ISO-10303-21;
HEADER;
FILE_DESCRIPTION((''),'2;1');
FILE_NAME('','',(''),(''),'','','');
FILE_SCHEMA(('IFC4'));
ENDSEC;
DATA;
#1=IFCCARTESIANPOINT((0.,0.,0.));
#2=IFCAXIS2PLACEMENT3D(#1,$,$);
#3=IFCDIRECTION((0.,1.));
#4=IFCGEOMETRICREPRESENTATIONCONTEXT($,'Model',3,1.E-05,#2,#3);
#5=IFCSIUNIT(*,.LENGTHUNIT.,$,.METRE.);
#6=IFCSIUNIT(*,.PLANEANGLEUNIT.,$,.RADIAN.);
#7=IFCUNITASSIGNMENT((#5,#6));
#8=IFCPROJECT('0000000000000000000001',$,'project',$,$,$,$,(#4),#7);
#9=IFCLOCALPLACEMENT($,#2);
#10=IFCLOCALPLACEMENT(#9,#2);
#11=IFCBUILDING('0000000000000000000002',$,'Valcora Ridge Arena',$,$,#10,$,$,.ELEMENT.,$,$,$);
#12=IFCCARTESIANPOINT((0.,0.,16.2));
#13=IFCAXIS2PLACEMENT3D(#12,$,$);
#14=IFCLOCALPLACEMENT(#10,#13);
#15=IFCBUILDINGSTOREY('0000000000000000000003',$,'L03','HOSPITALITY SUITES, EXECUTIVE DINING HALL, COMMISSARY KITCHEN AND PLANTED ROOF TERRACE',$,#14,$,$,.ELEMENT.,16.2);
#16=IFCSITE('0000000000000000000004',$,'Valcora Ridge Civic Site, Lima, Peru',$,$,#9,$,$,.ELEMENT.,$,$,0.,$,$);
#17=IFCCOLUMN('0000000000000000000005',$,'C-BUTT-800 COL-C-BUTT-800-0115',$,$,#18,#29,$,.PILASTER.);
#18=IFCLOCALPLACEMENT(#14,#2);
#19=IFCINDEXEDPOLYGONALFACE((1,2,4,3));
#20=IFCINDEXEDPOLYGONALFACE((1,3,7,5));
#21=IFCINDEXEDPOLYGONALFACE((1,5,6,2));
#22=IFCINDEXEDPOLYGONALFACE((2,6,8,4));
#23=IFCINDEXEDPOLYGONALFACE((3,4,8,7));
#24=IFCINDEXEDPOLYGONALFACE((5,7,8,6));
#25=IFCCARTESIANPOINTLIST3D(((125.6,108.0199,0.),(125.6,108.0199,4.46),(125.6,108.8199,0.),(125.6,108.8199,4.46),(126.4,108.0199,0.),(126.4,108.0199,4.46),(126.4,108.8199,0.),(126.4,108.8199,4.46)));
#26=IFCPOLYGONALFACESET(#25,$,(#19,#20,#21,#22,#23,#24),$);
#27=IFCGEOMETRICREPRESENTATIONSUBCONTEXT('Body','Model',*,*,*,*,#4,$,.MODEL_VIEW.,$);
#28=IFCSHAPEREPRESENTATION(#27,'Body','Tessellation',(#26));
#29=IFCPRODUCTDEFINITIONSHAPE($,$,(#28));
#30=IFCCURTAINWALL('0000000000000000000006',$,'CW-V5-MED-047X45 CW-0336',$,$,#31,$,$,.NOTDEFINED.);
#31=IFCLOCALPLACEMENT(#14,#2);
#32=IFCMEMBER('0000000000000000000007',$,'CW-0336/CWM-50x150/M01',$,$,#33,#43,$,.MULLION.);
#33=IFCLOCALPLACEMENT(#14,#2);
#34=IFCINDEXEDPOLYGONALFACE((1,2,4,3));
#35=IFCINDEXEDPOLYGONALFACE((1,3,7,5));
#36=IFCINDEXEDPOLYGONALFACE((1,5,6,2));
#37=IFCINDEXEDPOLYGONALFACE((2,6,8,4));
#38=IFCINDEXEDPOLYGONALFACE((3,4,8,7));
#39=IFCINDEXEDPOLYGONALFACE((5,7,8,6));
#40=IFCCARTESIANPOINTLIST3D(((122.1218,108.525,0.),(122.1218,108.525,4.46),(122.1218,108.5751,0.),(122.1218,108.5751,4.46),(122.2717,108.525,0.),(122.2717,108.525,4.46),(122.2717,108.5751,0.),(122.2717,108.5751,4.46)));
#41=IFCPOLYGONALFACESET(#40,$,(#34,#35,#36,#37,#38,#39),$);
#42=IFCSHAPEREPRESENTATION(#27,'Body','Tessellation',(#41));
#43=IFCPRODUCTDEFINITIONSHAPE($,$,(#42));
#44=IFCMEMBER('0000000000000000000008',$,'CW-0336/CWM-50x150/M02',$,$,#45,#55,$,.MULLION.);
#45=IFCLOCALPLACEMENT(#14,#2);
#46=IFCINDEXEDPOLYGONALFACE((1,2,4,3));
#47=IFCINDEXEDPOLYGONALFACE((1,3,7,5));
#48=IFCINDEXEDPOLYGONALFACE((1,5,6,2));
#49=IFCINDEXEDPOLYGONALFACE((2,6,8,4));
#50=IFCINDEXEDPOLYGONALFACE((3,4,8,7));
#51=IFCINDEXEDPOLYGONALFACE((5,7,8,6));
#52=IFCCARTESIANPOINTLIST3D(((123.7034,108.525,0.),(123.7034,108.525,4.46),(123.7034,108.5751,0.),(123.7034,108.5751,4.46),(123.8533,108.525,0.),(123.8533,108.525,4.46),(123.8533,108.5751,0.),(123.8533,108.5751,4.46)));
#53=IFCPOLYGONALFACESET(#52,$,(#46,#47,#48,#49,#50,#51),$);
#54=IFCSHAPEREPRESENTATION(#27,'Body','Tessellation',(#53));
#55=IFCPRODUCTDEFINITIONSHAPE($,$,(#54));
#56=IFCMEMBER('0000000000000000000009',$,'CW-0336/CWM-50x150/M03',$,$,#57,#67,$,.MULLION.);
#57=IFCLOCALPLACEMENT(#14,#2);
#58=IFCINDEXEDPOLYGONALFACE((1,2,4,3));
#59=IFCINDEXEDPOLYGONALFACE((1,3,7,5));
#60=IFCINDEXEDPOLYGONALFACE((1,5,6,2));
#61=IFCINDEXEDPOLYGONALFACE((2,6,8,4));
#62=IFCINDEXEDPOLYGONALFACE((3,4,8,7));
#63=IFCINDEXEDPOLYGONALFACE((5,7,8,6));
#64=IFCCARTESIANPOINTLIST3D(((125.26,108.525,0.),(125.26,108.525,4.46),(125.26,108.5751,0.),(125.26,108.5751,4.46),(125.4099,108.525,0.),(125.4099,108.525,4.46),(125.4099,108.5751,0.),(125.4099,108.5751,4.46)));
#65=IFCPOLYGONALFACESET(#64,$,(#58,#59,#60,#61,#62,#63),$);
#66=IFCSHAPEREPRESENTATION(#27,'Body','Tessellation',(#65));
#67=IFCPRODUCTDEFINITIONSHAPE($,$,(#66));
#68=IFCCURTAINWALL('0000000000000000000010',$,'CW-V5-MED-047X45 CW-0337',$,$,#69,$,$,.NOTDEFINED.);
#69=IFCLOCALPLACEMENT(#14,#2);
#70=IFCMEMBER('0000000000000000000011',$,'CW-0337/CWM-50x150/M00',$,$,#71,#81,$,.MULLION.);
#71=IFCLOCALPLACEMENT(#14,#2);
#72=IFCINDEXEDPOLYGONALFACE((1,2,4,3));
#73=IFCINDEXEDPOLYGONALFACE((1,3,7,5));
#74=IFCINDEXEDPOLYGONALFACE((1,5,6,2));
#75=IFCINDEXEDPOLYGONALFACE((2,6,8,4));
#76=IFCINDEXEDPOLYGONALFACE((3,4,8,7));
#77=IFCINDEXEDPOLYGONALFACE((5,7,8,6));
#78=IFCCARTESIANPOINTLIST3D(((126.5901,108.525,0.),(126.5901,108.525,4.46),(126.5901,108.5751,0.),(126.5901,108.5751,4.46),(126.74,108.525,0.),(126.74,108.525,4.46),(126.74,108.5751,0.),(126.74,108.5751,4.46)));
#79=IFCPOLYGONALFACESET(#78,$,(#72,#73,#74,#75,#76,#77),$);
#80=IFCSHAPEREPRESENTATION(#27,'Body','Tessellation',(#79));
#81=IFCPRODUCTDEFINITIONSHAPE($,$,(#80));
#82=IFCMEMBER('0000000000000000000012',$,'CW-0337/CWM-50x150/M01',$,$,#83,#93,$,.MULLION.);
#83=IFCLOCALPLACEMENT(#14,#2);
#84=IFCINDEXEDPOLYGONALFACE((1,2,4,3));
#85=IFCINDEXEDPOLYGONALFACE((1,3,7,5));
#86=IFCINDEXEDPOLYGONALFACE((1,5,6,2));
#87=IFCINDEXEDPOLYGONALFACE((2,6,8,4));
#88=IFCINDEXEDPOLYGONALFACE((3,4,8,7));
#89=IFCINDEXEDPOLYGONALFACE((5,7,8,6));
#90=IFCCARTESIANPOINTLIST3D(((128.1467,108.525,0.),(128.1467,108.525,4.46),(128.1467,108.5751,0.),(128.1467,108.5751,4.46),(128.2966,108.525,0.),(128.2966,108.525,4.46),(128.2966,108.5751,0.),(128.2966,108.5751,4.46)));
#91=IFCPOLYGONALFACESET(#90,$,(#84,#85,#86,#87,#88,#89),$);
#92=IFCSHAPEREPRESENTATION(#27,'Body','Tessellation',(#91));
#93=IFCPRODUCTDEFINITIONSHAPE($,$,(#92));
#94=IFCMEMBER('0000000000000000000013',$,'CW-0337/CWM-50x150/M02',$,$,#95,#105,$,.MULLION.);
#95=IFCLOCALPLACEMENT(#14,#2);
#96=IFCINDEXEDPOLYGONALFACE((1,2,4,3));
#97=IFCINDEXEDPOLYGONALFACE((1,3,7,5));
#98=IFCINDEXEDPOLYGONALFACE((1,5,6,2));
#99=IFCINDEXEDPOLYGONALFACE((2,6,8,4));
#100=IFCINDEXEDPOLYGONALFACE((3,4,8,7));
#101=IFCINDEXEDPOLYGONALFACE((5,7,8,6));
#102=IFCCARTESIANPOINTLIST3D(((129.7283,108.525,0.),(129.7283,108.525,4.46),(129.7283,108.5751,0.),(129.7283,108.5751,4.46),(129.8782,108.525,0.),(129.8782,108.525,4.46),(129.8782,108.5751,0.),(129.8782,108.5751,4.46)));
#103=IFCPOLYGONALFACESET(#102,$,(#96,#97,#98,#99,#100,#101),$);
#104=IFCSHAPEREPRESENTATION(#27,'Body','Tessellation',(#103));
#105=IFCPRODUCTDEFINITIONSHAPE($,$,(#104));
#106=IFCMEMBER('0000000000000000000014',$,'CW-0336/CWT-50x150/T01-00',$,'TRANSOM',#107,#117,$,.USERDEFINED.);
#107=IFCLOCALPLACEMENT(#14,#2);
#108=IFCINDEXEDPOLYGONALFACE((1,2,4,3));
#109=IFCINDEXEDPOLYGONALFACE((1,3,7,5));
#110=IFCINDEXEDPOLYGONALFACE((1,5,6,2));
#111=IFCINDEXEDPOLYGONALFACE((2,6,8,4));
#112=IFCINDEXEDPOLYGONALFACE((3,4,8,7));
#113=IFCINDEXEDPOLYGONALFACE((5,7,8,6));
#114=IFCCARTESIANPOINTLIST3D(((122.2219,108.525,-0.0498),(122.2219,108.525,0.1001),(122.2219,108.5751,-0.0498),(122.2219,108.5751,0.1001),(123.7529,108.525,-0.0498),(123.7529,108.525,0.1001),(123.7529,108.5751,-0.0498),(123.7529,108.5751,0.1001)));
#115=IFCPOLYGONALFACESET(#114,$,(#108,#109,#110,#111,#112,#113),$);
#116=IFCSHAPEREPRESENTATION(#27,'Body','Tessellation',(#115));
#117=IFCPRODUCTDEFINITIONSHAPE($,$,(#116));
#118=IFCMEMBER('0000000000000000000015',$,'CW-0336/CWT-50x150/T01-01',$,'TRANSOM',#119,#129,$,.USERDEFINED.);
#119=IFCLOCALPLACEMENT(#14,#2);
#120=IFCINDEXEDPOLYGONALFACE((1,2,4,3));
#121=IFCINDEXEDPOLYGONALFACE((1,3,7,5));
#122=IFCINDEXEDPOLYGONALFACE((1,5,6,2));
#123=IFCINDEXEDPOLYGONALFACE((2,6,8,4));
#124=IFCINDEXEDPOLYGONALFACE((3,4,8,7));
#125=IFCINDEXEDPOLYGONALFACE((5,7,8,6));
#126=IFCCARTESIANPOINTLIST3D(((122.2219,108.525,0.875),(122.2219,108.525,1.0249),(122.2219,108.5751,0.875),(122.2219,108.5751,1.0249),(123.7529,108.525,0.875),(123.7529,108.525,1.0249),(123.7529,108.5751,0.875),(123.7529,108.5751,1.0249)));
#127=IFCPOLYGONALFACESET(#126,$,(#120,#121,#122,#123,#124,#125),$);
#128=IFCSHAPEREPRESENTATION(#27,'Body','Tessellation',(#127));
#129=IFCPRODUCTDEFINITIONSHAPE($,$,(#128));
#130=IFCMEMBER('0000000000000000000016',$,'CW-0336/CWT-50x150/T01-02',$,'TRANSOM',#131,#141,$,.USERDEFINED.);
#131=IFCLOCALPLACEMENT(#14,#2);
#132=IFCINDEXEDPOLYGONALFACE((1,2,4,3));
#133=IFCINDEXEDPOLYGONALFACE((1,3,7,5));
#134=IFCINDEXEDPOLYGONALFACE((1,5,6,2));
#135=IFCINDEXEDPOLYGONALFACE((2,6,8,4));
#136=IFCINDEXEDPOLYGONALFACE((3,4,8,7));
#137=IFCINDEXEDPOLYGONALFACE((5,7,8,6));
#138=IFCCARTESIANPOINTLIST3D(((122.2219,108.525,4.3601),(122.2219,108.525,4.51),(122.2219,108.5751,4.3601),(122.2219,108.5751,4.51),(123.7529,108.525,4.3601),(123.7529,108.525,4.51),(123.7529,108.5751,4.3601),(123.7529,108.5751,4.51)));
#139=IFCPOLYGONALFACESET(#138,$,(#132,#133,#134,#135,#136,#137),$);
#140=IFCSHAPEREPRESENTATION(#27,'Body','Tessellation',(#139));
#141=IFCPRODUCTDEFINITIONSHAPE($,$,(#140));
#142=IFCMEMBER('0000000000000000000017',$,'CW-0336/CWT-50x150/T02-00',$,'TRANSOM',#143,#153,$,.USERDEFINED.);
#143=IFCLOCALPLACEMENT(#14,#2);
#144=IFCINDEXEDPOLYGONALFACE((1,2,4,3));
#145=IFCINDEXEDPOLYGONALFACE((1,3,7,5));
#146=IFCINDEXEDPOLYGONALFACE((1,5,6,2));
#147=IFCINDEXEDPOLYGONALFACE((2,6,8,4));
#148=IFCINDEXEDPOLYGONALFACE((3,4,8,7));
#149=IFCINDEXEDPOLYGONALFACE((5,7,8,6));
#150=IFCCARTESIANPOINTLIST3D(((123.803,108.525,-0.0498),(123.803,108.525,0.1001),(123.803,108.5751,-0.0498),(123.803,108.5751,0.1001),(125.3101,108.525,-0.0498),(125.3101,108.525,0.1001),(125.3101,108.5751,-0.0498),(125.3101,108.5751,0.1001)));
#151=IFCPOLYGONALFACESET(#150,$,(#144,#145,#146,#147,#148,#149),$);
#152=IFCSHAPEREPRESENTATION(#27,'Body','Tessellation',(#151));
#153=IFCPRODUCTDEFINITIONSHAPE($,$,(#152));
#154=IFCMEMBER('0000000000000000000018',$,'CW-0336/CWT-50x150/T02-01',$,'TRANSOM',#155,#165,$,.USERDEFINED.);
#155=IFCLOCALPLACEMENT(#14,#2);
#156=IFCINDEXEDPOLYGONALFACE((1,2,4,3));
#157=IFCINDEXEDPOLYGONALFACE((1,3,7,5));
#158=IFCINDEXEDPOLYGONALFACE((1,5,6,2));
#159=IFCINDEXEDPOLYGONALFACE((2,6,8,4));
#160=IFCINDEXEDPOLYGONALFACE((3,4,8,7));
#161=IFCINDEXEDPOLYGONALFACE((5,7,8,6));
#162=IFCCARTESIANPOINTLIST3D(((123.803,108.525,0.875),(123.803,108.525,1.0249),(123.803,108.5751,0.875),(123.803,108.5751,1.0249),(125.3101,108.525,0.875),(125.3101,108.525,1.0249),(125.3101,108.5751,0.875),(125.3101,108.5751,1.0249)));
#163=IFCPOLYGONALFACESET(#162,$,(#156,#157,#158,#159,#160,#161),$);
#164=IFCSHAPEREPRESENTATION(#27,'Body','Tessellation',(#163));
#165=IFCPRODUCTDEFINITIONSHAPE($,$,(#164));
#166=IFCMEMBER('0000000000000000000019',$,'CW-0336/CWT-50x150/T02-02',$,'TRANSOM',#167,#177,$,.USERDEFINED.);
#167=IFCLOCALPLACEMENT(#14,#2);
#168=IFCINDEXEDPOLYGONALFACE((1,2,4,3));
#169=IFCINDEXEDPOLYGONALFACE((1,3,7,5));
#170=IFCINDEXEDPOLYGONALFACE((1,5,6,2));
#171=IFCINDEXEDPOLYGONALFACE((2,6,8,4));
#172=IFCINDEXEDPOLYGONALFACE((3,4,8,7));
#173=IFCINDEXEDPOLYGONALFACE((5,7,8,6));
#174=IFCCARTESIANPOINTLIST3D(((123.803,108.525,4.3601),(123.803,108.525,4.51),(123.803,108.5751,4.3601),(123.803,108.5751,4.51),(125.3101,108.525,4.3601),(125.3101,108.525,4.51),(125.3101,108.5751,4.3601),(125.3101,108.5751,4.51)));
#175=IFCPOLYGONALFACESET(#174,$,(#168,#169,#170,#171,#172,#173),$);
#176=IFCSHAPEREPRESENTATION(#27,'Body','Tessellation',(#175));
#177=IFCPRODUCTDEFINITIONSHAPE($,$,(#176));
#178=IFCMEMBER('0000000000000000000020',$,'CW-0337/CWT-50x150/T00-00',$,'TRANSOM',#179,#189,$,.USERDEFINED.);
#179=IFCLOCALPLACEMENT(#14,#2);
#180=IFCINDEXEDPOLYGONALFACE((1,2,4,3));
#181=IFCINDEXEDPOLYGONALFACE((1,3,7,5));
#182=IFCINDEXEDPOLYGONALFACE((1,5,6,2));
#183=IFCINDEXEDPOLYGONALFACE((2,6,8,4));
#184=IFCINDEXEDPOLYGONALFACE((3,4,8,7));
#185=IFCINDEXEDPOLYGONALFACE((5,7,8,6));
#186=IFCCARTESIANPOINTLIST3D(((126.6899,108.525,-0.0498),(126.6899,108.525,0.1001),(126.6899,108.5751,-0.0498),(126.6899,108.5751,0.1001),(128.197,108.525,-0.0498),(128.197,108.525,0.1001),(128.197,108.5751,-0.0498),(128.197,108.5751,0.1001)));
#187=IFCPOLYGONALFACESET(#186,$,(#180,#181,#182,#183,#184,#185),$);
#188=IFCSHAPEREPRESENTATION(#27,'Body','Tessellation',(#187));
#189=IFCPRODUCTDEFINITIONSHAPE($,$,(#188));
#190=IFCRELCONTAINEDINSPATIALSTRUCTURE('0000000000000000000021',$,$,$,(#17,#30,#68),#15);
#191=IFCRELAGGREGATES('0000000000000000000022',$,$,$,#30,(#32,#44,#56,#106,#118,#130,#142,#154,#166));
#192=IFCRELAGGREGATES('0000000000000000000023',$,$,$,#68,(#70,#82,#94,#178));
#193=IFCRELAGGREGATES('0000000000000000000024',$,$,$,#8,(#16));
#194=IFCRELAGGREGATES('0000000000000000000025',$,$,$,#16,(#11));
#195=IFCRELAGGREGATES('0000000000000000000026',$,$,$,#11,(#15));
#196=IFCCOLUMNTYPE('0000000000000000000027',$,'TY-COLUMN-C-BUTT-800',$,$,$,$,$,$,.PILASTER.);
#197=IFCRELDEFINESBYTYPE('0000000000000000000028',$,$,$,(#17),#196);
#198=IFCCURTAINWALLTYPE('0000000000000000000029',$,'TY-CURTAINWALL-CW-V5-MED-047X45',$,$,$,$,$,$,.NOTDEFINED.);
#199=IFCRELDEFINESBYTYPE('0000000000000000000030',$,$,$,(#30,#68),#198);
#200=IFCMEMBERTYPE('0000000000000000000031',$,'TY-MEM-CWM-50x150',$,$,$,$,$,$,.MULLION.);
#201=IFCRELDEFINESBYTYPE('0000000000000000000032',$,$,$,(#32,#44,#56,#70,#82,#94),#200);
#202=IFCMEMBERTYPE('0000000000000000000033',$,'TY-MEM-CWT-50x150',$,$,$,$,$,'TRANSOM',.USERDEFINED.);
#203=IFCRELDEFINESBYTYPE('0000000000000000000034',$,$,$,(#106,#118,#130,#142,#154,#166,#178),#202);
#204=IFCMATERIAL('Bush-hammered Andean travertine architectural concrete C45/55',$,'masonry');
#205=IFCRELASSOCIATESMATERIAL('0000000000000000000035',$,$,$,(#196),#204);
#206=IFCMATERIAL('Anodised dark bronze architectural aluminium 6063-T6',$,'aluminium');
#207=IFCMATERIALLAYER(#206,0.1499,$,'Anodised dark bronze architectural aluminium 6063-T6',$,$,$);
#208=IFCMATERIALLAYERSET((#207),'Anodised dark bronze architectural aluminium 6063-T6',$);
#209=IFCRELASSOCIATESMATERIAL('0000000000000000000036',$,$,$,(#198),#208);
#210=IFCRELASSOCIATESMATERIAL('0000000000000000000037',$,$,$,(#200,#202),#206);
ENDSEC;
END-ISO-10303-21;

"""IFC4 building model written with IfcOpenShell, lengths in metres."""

from ifc_helpers import new_model, si_unit, direction, frame, origin, origin_2d, place, context, subcontext, project, spatial, rectangle, extrude, material, layer, layer_set, material_profile, profile_set, type_object, element, aggregate, save


model = new_model("IFC4")

# Units and contexts
model_context = context("Model", 3, precision=1e-05, world=origin(), true_north=direction((0.0, 1.0)))
body_context = subcontext(model_context, "Body", "Model", "MODEL_VIEW")
ifc_project = project(units=[si_unit("LENGTHUNIT", "METRE"), si_unit("PLANEANGLEUNIT", "RADIAN")], contexts=[model_context])

# Site, building, storey
site_placement = place(None, origin())
site = spatial("IfcSite", under=ifc_project, at=site_placement, Name="Valcora Ridge Civic Site, Lima, Peru", CompositionType="ELEMENT", RefElevation=0.0)
building_placement = place(site_placement, origin())
building = spatial("IfcBuilding", under=site, at=building_placement, Name="Valcora Ridge Arena", CompositionType="ELEMENT")
storey_placement = place(building_placement, frame((0.0, 0.0, 16.2)))
storey = spatial("IfcBuildingStorey", under=building, at=storey_placement, Name="L03", Description="HOSPITALITY SUITES, EXECUTIVE DINING HALL, COMMISSARY KITCHEN AND PLANTED ROOF TERRACE", CompositionType="ELEMENT", Elevation=16.2)

# Column
ifc_material_1 = material(Name="Bush-hammered Andean travertine architectural concrete C45/55", Category="masonry")
ifc_material_profile_1 = material_profile(ifc_material_1, rectangle(XDim=0.8, YDim=0.8, at=origin_2d()), Name="RC 800x800")
ifc_profile_set_1 = profile_set([ifc_material_profile_1], Name="Bush-hammered Andean travertine architectural concrete C45/55")
column_type = type_object("IfcColumnType", Name="TY-COLUMN-C-BUTT-800", PredefinedType="PILASTER", material=ifc_profile_set_1)
column_placement = place(storey_placement, frame((126.0, 108.4199, 0.0), z_axis=(0.0, 0.0, 1.0), x_axis=(1.0, 0.0, 0.0)))
element("IfcColumn", 1, at=column_placement, inside=storey, type_object=column_type, Name="C-BUTT-800 COL-C-BUTT-800-0115", PredefinedType="PILASTER", context=body_context, shape_type="SweptSolid", body=[
    extrude(rectangle(XDim=0.8, YDim=0.8, at=origin_2d()), origin(), (0.0, 0.0, 1.0), 4.46),
])

# Curtain walls, members
ifc_material_2 = material(Name="Anodised dark bronze architectural aluminium 6063-T6", Category="aluminium")
ifc_layer_1 = layer(ifc_material_2, 0.1499, Name="Anodised dark bronze architectural aluminium 6063-T6")
ifc_layer_set_1 = layer_set([ifc_layer_1], Name="Anodised dark bronze architectural aluminium 6063-T6")
curtain_wall_type = type_object("IfcCurtainWallType", Name="TY-CURTAINWALL-CW-V5-MED-047X45", PredefinedType="NOTDEFINED", material=ifc_layer_set_1)
curtain_wall_1_placement = place(storey_placement, origin())
curtain_wall_1 = element("IfcCurtainWall", 2, at=curtain_wall_1_placement, inside=storey, type_object=curtain_wall_type, Name="CW-V5-MED-047X45 CW-0336", PredefinedType="NOTDEFINED")
ifc_material_profile_2 = material_profile(ifc_material_2, rectangle(XDim=0.05, YDim=0.1499, at=origin_2d()), Name="ALU MULLION 50x150")
ifc_profile_set_2 = profile_set([ifc_material_profile_2], Name="Anodised dark bronze architectural aluminium 6063-T6")
member_type_1 = type_object("IfcMemberType", Name="TY-MEM-CWM-50x150", PredefinedType="MULLION", material=ifc_profile_set_2)
member_1_placement = place(storey_placement, frame((122.1968, 108.55, 0.0), z_axis=(0.0, 0.0, 1.0), x_axis=(0.0, 1.0, 0.0)))
member_1 = element("IfcMember", 3, at=member_1_placement, type_object=member_type_1, Name="CW-0336/CWM-50x150/M01", PredefinedType="MULLION", context=body_context, shape_type="SweptSolid", body=[
    extrude(rectangle(XDim=0.05, YDim=0.1499, at=origin_2d()), origin(), (0.0, 0.0, 1.0), 4.46),
])
member_2_placement = place(storey_placement, frame((123.7783, 108.55, 0.0), z_axis=(0.0, 0.0, 1.0), x_axis=(0.0, 1.0, 0.0)))
member_2 = element("IfcMember", 4, at=member_2_placement, type_object=member_type_1, Name="CW-0336/CWM-50x150/M02", PredefinedType="MULLION", context=body_context, shape_type="SweptSolid", body=[
    extrude(rectangle(XDim=0.05, YDim=0.1499, at=origin_2d()), origin(), (0.0, 0.0, 1.0), 4.46),
])
member_3_placement = place(storey_placement, frame((125.335, 108.55, 0.0), z_axis=(0.0, 0.0, 1.0), x_axis=(0.0, 1.0, 0.0)))
member_3 = element("IfcMember", 5, at=member_3_placement, type_object=member_type_1, Name="CW-0336/CWM-50x150/M03", PredefinedType="MULLION", context=body_context, shape_type="SweptSolid", body=[
    extrude(rectangle(XDim=0.05, YDim=0.1499, at=origin_2d()), origin(), (0.0, 0.0, 1.0), 4.46),
])
curtain_wall_2_placement = place(storey_placement, origin())
curtain_wall_2 = element("IfcCurtainWall", 6, at=curtain_wall_2_placement, inside=storey, type_object=curtain_wall_type, Name="CW-V5-MED-047X45 CW-0337", PredefinedType="NOTDEFINED")
member_4_placement = place(storey_placement, frame((126.665, 108.55, 0.0), z_axis=(0.0, 0.0, 1.0), x_axis=(0.0, 1.0, 0.0)))
member_4 = element("IfcMember", 7, at=member_4_placement, type_object=member_type_1, Name="CW-0337/CWM-50x150/M00", PredefinedType="MULLION", context=body_context, shape_type="SweptSolid", body=[
    extrude(rectangle(XDim=0.05, YDim=0.1499, at=origin_2d()), origin(), (0.0, 0.0, 1.0), 4.46),
])
member_5_placement = place(storey_placement, frame((128.2217, 108.55, 0.0), z_axis=(0.0, 0.0, 1.0), x_axis=(0.0, 1.0, 0.0)))
member_5 = element("IfcMember", 8, at=member_5_placement, type_object=member_type_1, Name="CW-0337/CWM-50x150/M01", PredefinedType="MULLION", context=body_context, shape_type="SweptSolid", body=[
    extrude(rectangle(XDim=0.05, YDim=0.1499, at=origin_2d()), origin(), (0.0, 0.0, 1.0), 4.46),
])
member_6_placement = place(storey_placement, frame((129.8032, 108.55, 0.0), z_axis=(0.0, 0.0, 1.0), x_axis=(0.0, 1.0, 0.0)))
member_6 = element("IfcMember", 9, at=member_6_placement, type_object=member_type_1, Name="CW-0337/CWM-50x150/M02", PredefinedType="MULLION", context=body_context, shape_type="SweptSolid", body=[
    extrude(rectangle(XDim=0.05, YDim=0.1499, at=origin_2d()), origin(), (0.0, 0.0, 1.0), 4.46),
])

# Members
ifc_material_profile_3 = material_profile(ifc_material_2, rectangle(XDim=0.05, YDim=0.1499, at=origin_2d()), Name="ALU TRANSOM 50x150")
ifc_profile_set_3 = profile_set([ifc_material_profile_3], Name="Anodised dark bronze architectural aluminium 6063-T6")
member_type_2 = type_object("IfcMemberType", Name="TY-MEM-CWT-50x150", ElementType="TRANSOM", PredefinedType="USERDEFINED", material=ifc_profile_set_3)
member_7_placement = place(storey_placement, frame((122.2219, 108.55, 0.0251), z_axis=(1.0, 0.0, 0.0), x_axis=(0.0, 1.0, 0.0)))
member_7 = element("IfcMember", 10, at=member_7_placement, type_object=member_type_2, Name="CW-0336/CWT-50x150/T01-00", ObjectType="TRANSOM", PredefinedType="USERDEFINED", context=body_context, shape_type="SweptSolid", body=[
    extrude(rectangle(XDim=0.05, YDim=0.1499, at=origin_2d()), origin(), (0.0, 0.0, 1.0), 1.531),
])
member_8_placement = place(storey_placement, frame((122.2219, 108.55, 0.95), z_axis=(1.0, 0.0, 0.0), x_axis=(0.0, 1.0, 0.0)))
member_8 = element("IfcMember", 11, at=member_8_placement, type_object=member_type_2, Name="CW-0336/CWT-50x150/T01-01", ObjectType="TRANSOM", PredefinedType="USERDEFINED", context=body_context, shape_type="SweptSolid", body=[
    extrude(rectangle(XDim=0.05, YDim=0.1499, at=origin_2d()), origin(), (0.0, 0.0, 1.0), 1.531),
])
member_9_placement = place(storey_placement, frame((122.2219, 108.55, 4.4351), z_axis=(1.0, 0.0, 0.0), x_axis=(0.0, 1.0, 0.0)))
member_9 = element("IfcMember", 12, at=member_9_placement, type_object=member_type_2, Name="CW-0336/CWT-50x150/T01-02", ObjectType="TRANSOM", PredefinedType="USERDEFINED", context=body_context, shape_type="SweptSolid", body=[
    extrude(rectangle(XDim=0.05, YDim=0.1499, at=origin_2d()), origin(), (0.0, 0.0, 1.0), 1.531),
])
member_10_placement = place(storey_placement, frame((123.803, 108.55, 0.0251), z_axis=(1.0, 0.0, 0.0), x_axis=(0.0, 1.0, 0.0)))
member_10 = element("IfcMember", 13, at=member_10_placement, type_object=member_type_2, Name="CW-0336/CWT-50x150/T02-00", ObjectType="TRANSOM", PredefinedType="USERDEFINED", context=body_context, shape_type="SweptSolid", body=[
    extrude(rectangle(XDim=0.05, YDim=0.1499, at=origin_2d()), origin(), (0.0, 0.0, 1.0), 1.5071),
])
member_11_placement = place(storey_placement, frame((123.803, 108.55, 0.95), z_axis=(1.0, 0.0, 0.0), x_axis=(0.0, 1.0, 0.0)))
member_11 = element("IfcMember", 14, at=member_11_placement, type_object=member_type_2, Name="CW-0336/CWT-50x150/T02-01", ObjectType="TRANSOM", PredefinedType="USERDEFINED", context=body_context, shape_type="SweptSolid", body=[
    extrude(rectangle(XDim=0.05, YDim=0.1499, at=origin_2d()), origin(), (0.0, 0.0, 1.0), 1.5071),
])
member_12_placement = place(storey_placement, frame((123.803, 108.55, 4.4351), z_axis=(1.0, 0.0, 0.0), x_axis=(0.0, 1.0, 0.0)))
member_12 = element("IfcMember", 15, at=member_12_placement, type_object=member_type_2, Name="CW-0336/CWT-50x150/T02-02", ObjectType="TRANSOM", PredefinedType="USERDEFINED", context=body_context, shape_type="SweptSolid", body=[
    extrude(rectangle(XDim=0.05, YDim=0.1499, at=origin_2d()), origin(), (0.0, 0.0, 1.0), 1.5071),
])
member_13_placement = place(storey_placement, frame((126.6899, 108.55, 0.0251), z_axis=(1.0, 0.0, 0.0), x_axis=(0.0, 1.0, 0.0)))
member_13 = element("IfcMember", 16, at=member_13_placement, type_object=member_type_2, Name="CW-0337/CWT-50x150/T00-00", ObjectType="TRANSOM", PredefinedType="USERDEFINED", context=body_context, shape_type="SweptSolid", body=[
    extrude(rectangle(XDim=0.05, YDim=0.1499, at=origin_2d()), origin(), (0.0, 0.0, 1.0), 1.5071),
])

aggregate(curtain_wall_1, [member_1, member_2, member_3, member_7, member_8, member_9, member_10, member_11, member_12])
aggregate(curtain_wall_2, [member_4, member_5, member_6, member_13])

save(model, "model.ifc")
